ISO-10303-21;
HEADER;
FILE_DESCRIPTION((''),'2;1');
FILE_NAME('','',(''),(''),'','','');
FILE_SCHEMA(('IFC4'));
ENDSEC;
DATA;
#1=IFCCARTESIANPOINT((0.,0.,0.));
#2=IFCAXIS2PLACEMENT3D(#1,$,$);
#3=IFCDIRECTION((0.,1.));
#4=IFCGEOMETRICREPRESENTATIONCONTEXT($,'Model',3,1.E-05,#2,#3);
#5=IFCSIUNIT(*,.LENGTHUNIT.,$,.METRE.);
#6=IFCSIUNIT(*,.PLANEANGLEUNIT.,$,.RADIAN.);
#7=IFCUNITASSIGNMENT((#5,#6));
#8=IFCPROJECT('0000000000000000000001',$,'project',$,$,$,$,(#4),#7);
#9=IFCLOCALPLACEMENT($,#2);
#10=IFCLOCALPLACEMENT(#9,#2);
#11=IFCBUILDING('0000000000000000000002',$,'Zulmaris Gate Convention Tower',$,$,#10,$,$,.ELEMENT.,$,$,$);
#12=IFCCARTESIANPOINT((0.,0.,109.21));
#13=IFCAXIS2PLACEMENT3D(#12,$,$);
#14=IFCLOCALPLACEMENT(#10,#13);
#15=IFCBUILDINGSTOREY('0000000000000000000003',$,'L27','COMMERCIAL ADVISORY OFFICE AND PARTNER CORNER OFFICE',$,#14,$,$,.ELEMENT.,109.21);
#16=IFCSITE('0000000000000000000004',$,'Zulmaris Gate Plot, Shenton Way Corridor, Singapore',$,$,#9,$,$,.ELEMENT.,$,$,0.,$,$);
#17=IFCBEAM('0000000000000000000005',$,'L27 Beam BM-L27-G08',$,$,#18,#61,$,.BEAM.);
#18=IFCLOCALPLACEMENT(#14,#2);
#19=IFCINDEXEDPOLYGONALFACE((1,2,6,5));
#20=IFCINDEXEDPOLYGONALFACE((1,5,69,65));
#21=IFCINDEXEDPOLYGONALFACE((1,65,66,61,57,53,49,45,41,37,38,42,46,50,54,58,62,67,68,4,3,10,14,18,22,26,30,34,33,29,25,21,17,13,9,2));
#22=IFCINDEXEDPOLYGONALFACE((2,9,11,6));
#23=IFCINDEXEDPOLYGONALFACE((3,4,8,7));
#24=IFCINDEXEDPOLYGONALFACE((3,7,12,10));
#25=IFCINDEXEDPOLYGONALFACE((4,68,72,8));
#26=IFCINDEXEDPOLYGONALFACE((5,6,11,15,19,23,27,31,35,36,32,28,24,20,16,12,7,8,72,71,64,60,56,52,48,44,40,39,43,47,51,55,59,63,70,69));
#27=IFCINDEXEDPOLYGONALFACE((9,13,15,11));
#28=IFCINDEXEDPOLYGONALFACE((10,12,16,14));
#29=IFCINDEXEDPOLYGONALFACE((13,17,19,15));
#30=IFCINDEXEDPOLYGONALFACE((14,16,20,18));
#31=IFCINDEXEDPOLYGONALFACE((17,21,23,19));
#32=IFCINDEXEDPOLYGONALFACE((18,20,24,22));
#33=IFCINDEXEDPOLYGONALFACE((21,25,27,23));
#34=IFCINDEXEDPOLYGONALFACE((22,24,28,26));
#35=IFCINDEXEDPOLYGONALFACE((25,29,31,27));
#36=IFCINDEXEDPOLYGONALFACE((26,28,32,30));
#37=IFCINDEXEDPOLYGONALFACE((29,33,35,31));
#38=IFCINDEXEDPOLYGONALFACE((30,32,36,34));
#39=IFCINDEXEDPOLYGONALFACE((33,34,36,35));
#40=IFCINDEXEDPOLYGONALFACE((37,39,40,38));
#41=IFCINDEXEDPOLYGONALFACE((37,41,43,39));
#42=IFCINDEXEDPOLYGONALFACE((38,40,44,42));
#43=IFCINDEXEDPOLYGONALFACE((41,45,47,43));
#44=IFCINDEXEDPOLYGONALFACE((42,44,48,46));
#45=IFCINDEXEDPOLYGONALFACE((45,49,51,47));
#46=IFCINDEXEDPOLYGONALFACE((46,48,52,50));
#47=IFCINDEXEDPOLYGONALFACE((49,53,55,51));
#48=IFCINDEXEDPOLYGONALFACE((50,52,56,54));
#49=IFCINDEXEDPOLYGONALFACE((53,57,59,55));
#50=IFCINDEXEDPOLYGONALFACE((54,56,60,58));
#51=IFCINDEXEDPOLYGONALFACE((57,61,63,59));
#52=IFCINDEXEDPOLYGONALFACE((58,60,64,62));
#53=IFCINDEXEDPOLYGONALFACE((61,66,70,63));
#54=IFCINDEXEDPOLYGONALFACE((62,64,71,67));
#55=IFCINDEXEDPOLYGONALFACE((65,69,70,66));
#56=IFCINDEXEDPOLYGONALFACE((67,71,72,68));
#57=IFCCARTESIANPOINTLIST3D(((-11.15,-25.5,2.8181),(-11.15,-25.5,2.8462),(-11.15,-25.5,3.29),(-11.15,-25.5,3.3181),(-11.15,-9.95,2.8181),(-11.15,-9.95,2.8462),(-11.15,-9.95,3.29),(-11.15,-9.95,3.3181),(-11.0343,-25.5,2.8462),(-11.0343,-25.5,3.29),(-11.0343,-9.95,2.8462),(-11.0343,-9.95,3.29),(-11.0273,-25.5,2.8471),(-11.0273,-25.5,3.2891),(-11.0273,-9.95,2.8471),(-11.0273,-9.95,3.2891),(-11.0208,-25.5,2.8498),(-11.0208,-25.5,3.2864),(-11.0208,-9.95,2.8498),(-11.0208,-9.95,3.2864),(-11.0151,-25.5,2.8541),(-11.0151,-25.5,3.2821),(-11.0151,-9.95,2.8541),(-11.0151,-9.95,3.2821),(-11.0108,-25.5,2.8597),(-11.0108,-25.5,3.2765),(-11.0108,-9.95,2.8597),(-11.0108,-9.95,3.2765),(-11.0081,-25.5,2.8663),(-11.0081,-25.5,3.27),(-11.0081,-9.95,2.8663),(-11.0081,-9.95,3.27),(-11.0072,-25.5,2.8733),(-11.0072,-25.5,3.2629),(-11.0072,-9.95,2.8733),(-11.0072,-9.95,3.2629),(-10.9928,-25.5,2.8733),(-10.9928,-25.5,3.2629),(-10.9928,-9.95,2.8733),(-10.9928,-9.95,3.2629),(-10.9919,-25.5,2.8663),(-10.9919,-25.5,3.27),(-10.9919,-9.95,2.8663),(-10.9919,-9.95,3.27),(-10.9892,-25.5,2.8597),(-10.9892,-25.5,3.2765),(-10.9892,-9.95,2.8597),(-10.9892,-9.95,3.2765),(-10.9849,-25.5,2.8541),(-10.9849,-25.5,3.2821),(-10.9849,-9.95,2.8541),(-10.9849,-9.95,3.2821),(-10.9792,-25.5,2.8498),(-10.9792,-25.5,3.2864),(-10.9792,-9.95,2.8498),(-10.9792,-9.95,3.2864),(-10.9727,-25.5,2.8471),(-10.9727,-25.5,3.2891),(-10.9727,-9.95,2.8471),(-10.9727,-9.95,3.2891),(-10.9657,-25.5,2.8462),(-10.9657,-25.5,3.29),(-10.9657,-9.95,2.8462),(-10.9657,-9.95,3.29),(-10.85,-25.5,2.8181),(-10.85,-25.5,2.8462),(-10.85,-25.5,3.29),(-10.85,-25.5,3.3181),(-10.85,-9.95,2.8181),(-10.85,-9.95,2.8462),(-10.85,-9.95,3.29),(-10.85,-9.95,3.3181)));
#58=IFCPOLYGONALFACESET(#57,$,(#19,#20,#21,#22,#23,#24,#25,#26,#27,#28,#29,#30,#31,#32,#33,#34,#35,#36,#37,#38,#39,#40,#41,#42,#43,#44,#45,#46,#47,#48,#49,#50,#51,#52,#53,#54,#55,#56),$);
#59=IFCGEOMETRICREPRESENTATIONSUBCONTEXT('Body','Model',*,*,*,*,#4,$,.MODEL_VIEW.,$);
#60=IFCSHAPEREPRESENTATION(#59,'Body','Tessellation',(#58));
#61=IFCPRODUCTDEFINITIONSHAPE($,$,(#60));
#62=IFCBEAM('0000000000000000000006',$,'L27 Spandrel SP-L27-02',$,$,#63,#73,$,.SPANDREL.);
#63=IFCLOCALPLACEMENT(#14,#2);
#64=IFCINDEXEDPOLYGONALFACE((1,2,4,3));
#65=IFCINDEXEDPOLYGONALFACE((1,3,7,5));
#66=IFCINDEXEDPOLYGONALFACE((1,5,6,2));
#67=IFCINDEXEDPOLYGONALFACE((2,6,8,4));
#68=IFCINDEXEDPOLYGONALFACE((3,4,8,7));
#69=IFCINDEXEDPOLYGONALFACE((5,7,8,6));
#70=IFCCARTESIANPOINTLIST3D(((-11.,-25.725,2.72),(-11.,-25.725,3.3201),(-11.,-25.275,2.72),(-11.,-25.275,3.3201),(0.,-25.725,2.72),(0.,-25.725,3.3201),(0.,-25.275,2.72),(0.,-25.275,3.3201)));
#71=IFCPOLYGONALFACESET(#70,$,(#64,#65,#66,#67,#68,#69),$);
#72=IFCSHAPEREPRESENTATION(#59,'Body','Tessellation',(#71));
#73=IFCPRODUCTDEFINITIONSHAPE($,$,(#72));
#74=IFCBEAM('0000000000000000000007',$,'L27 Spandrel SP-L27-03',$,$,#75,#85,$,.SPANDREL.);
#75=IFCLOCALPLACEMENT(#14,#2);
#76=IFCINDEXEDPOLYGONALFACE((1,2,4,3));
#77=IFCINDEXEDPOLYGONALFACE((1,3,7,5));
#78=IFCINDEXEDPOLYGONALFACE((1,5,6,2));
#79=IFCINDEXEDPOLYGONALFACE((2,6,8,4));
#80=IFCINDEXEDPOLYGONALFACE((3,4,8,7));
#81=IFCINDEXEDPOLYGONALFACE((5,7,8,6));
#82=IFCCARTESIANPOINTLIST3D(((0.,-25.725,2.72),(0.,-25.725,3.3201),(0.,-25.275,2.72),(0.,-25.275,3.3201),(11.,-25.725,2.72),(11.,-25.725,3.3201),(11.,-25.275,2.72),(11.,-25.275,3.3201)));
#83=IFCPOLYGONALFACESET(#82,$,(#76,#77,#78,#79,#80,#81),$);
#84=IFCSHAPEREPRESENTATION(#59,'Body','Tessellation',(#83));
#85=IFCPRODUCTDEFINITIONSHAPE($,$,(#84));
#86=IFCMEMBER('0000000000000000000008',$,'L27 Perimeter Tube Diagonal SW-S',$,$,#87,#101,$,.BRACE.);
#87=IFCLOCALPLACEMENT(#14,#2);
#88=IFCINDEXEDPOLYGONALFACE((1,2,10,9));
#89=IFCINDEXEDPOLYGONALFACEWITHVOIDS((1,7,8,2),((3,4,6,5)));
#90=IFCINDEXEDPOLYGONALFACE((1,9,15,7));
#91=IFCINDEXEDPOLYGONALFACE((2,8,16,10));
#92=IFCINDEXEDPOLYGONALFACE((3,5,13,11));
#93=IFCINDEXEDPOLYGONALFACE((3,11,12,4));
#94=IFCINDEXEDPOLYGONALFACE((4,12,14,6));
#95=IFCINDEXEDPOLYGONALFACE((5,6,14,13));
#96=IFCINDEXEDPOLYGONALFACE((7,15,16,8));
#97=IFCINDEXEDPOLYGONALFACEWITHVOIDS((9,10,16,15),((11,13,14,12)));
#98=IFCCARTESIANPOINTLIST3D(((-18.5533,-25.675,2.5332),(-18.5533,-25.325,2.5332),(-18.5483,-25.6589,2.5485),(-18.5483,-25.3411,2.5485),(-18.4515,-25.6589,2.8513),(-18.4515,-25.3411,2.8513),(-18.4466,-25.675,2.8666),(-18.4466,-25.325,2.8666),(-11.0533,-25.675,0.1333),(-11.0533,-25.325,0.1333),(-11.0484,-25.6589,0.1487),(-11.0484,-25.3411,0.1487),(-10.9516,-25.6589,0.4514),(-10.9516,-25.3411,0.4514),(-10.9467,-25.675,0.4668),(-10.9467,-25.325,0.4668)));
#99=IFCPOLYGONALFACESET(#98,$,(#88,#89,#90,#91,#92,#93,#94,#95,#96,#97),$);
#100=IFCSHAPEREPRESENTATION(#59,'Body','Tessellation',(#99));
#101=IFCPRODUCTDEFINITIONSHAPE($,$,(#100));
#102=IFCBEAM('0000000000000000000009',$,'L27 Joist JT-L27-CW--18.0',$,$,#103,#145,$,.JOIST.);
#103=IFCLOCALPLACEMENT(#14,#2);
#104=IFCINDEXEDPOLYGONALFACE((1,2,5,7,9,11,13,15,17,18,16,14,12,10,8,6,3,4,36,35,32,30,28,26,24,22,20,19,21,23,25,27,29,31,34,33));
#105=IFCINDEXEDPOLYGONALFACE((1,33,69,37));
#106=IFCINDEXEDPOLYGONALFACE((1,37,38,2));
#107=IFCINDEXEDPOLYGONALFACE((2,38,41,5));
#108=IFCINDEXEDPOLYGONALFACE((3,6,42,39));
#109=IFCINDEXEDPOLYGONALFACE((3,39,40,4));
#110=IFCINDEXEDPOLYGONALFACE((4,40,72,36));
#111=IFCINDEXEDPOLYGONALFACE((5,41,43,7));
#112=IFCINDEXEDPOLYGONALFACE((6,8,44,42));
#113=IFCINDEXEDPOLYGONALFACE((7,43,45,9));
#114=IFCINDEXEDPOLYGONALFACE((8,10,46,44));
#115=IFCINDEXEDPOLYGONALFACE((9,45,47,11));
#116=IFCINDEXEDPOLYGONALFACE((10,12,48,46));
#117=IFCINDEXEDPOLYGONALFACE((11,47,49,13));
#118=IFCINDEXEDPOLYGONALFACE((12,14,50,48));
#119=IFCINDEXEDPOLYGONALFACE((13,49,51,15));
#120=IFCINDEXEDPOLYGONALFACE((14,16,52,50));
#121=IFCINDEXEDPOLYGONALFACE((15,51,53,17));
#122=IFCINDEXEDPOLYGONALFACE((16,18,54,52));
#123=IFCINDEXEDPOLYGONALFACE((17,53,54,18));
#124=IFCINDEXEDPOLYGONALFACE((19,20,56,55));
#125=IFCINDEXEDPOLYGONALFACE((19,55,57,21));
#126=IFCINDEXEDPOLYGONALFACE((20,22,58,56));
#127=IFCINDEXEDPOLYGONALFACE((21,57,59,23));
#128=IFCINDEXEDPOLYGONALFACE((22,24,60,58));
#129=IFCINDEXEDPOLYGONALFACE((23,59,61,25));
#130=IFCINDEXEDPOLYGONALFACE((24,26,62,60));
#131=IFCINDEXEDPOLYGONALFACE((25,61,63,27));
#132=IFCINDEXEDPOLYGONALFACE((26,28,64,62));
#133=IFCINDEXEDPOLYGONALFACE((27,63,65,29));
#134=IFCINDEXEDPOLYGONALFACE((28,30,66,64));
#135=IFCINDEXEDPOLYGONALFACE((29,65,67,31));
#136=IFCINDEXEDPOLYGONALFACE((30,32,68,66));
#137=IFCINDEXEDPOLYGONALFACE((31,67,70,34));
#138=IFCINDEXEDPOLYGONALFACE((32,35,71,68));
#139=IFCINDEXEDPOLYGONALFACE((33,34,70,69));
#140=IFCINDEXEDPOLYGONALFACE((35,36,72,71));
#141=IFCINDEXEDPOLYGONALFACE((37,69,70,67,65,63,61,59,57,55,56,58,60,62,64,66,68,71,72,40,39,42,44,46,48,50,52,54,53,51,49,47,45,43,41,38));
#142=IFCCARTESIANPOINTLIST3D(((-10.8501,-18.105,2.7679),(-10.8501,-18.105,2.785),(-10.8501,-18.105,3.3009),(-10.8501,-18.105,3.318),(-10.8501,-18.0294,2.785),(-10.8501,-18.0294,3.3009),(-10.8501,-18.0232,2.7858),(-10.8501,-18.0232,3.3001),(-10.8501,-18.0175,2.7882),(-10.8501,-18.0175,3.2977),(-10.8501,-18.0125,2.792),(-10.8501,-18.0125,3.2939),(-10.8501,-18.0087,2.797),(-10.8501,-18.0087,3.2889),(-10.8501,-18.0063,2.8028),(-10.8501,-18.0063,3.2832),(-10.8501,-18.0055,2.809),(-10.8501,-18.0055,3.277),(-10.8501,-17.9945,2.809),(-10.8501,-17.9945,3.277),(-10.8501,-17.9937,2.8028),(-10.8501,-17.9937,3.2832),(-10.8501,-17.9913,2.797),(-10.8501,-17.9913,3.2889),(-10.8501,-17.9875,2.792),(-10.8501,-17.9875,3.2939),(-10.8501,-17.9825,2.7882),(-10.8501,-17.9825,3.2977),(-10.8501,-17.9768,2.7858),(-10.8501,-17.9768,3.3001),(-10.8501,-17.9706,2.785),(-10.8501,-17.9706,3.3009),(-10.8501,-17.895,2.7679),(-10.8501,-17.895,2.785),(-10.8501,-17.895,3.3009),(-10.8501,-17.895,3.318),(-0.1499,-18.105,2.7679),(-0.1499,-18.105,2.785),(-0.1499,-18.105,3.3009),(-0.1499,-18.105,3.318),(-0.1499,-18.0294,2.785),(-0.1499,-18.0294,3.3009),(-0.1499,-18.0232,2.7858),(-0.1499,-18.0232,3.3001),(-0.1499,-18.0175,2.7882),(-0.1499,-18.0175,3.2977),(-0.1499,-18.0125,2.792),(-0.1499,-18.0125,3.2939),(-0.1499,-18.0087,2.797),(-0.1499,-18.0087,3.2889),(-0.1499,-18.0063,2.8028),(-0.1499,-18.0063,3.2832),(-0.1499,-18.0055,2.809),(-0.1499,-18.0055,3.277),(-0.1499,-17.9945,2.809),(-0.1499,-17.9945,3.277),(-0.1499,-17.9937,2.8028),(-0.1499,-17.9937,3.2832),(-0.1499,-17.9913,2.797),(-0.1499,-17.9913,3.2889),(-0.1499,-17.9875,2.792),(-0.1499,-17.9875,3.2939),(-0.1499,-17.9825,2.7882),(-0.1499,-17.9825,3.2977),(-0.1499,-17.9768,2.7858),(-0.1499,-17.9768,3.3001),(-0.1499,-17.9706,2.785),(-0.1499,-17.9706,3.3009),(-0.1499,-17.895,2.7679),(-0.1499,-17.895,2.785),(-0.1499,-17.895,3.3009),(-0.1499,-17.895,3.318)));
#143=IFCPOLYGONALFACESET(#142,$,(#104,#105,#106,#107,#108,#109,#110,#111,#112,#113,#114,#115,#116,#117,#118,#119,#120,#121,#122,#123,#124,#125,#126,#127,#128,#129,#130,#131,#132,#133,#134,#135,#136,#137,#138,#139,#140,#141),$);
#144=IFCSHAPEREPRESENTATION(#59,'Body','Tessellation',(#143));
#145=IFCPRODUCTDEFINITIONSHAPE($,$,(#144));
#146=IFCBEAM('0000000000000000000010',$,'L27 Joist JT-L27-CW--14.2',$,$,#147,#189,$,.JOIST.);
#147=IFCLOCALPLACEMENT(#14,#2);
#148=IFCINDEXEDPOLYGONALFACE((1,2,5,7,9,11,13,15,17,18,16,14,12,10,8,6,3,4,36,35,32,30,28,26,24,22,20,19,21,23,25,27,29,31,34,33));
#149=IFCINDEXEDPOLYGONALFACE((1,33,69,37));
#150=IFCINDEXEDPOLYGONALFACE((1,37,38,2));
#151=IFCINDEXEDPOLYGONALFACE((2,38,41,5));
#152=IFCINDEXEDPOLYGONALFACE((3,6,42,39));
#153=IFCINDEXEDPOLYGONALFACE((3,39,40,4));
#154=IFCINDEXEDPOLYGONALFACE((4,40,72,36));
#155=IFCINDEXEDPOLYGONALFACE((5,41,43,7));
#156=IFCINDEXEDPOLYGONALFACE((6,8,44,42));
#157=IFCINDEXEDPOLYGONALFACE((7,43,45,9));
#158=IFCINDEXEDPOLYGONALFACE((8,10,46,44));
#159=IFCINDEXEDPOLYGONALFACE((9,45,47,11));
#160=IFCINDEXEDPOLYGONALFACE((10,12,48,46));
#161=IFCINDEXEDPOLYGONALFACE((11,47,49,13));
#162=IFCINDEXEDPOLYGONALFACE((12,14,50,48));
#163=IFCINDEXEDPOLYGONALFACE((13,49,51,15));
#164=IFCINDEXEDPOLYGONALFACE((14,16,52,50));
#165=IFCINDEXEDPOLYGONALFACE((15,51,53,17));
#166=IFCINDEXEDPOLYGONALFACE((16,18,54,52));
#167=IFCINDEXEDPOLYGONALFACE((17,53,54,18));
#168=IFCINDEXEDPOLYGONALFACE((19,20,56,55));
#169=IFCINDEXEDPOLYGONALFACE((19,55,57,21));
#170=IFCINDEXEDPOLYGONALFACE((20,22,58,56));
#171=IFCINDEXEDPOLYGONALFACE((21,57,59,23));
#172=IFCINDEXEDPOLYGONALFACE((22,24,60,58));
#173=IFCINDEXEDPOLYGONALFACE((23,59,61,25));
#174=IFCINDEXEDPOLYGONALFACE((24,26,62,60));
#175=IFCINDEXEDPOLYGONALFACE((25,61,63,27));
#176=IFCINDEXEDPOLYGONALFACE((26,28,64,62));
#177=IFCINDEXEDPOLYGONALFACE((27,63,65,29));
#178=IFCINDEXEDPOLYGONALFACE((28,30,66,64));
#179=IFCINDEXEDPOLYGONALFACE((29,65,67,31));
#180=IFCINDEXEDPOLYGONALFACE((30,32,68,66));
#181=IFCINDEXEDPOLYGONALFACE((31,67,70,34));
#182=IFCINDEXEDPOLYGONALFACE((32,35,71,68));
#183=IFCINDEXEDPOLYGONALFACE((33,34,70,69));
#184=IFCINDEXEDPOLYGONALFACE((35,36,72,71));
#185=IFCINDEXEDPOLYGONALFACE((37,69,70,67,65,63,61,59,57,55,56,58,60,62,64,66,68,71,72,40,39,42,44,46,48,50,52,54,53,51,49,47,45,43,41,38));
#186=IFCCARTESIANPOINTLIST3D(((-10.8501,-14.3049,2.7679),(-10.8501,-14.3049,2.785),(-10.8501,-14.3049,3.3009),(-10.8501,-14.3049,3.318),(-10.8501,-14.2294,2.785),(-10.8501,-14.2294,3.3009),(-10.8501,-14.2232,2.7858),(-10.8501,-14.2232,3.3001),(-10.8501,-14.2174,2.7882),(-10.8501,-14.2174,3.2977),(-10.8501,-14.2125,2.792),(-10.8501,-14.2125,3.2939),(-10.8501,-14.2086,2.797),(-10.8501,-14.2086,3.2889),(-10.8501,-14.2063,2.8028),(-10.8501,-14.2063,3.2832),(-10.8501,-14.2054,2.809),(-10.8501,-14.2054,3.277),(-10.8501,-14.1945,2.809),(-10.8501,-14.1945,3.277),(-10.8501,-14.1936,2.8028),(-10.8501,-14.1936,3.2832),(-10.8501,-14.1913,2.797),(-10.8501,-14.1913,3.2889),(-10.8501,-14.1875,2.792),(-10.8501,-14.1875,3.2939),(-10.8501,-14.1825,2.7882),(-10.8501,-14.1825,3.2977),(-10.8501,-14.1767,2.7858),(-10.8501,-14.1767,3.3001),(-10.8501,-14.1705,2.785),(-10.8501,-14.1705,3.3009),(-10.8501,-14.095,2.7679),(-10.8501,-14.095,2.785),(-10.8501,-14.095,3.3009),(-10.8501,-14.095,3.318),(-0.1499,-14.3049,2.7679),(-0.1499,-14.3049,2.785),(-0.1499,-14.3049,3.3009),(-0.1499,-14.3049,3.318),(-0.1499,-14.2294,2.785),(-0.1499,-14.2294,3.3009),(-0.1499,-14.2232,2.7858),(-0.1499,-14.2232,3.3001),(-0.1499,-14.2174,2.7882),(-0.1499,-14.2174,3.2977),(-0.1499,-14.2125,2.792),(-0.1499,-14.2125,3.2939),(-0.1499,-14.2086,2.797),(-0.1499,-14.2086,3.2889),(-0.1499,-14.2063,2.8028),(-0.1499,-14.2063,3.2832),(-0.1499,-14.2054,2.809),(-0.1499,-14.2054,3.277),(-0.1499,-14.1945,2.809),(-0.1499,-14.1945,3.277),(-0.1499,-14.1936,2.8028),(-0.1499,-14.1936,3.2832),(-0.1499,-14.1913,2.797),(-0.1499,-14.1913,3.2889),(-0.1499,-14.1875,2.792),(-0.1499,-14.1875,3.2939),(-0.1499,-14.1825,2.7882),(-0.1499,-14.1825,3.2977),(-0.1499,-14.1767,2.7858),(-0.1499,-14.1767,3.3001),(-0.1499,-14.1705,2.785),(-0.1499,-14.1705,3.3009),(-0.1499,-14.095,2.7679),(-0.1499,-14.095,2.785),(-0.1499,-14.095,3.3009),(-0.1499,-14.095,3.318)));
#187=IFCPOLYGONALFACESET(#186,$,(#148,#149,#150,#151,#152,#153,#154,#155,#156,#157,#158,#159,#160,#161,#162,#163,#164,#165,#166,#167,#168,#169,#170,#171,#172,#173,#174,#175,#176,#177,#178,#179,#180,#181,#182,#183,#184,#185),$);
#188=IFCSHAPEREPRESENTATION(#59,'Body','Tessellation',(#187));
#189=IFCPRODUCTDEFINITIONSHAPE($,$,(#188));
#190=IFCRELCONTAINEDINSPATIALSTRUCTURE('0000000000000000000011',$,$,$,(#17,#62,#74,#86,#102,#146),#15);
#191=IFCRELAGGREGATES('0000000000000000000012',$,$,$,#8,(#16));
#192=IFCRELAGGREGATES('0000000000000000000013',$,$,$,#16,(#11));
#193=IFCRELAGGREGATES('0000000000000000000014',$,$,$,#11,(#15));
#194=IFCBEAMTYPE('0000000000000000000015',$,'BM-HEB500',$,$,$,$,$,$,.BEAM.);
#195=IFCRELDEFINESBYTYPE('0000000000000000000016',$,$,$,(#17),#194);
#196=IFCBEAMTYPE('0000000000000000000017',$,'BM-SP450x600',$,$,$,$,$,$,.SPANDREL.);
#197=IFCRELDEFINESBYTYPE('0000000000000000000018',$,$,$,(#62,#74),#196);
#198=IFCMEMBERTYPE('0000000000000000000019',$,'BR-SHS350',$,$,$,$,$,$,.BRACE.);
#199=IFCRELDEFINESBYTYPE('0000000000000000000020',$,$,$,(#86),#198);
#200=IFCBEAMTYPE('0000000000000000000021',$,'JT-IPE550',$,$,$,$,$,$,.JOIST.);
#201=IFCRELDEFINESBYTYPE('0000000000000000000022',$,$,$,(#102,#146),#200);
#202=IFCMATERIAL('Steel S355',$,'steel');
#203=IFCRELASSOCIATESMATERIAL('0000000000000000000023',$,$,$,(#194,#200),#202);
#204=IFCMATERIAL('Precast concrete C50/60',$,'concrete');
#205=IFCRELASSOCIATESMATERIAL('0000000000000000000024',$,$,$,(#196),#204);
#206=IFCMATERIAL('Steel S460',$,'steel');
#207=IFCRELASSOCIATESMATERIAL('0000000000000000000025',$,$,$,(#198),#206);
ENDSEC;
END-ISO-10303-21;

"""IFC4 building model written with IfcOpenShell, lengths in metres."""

from ifc_helpers import new_model, si_unit, direction, frame, origin, origin_2d, place, context, subcontext, project, spatial, rectangle, hollow_rectangle, i_section, extrude, material, material_profile, profile_set, type_object, element, save


model = new_model("IFC4")

# Units and contexts
model_context = context("Model", 3, precision=1e-05, world=origin(), true_north=direction((0.0, 1.0)))
body_context = subcontext(model_context, "Body", "Model", "MODEL_VIEW")
ifc_project = project(units=[si_unit("LENGTHUNIT", "METRE"), si_unit("PLANEANGLEUNIT", "RADIAN")], contexts=[model_context])

# Site, building, storey
site_placement = place(None, origin())
site = spatial("IfcSite", under=ifc_project, at=site_placement, Name="Zulmaris Gate Plot, Shenton Way Corridor, Singapore", CompositionType="ELEMENT", RefElevation=0.0)
building_placement = place(site_placement, origin())
building = spatial("IfcBuilding", under=site, at=building_placement, Name="Zulmaris Gate Convention Tower", CompositionType="ELEMENT")
storey_placement = place(building_placement, frame((0.0, 0.0, 109.21)))
storey = spatial("IfcBuildingStorey", under=building, at=storey_placement, Name="L27", Description="COMMERCIAL ADVISORY OFFICE AND PARTNER CORNER OFFICE", CompositionType="ELEMENT", Elevation=109.21)

# Beams
ifc_material_1 = material(Name="Steel S355", Category="steel")
ifc_material_profile_1 = material_profile(ifc_material_1, i_section(OverallWidth=0.3, OverallDepth=0.5, WebThickness=0.0144, FlangeThickness=0.0281, FilletRadius=0.0271, at=origin_2d()), Name="HEB 500")
ifc_profile_set_1 = profile_set([ifc_material_profile_1], Name="Steel S355")
beam_type_1 = type_object("IfcBeamType", Name="BM-HEB500", PredefinedType="BEAM", material=ifc_profile_set_1)
beam_1_placement = place(storey_placement, frame((-11.0, -25.5, 3.0681), z_axis=(0.0, 1.0, 0.0), x_axis=(-1.0, 0.0, 0.0)))
element("IfcBeam", 1, at=beam_1_placement, inside=storey, type_object=beam_type_1, Name="L27 Beam BM-L27-G08", PredefinedType="BEAM", context=body_context, shape_type="SweptSolid", body=[
    extrude(i_section(OverallWidth=0.3, OverallDepth=0.5, WebThickness=0.0144, FlangeThickness=0.0281, FilletRadius=0.0271, at=origin_2d()), origin(), (0.0, 0.0, 1.0), 15.55),
])
ifc_material_2 = material(Name="Precast concrete C50/60", Category="concrete")
ifc_material_profile_2 = material_profile(ifc_material_2, rectangle(XDim=0.45, YDim=0.6001, at=origin_2d()), Name="RC SPANDREL 450x600")
ifc_profile_set_2 = profile_set([ifc_material_profile_2], Name="Precast concrete C50/60")
beam_type_2 = type_object("IfcBeamType", Name="BM-SP450x600", PredefinedType="SPANDREL", material=ifc_profile_set_2)
for number, where, z_axis, x_axis, name in (
    (2, (-11.0, -25.5, 3.02), (1.0, 0.0, 0.0), (0.0, 1.0, 0.0), "L27 Spandrel SP-L27-02"),
    (3, (0.0, -25.5, 3.02), (1.0, 0.0, 0.0), (0.0, 1.0, 0.0), "L27 Spandrel SP-L27-03"),
):
    element("IfcBeam", number, at=place(storey_placement, frame(where, z_axis=z_axis, x_axis=x_axis)), inside=storey, type_object=beam_type_2, Name=name, PredefinedType="SPANDREL", context=body_context, shape_type="SweptSolid", body=[
        extrude(rectangle(XDim=0.45, YDim=0.6001, at=origin_2d()), origin(), (0.0, 0.0, 1.0), 11.0),
    ])

# Member
ifc_material_3 = material(Name="Steel S460", Category="steel")
ifc_material_profile_3 = material_profile(ifc_material_3, hollow_rectangle(XDim=0.3501, YDim=0.3501, WallThickness=0.0161, at=origin_2d()), Name="SHS 350x350x16")
ifc_profile_set_3 = profile_set([ifc_material_profile_3], Name="Steel S460")
member_type = type_object("IfcMemberType", Name="BR-SHS350", PredefinedType="BRACE", material=ifc_profile_set_3)
member_placement = place(storey_placement, frame((-11.0, -25.5, 0.3), z_axis=(-0.952428, 0.0, 0.304764), x_axis=(0.0, -1.0, 0.0)))
element("IfcMember", 4, at=member_placement, inside=storey, type_object=member_type, Name="L27 Perimeter Tube Diagonal SW-S", PredefinedType="BRACE", context=body_context, shape_type="SweptSolid", body=[
    extrude(hollow_rectangle(XDim=0.3501, YDim=0.3501, WallThickness=0.0161, at=origin_2d()), origin(), (0.0, 0.0, 1.0), 7.8745),
])

# Beams
ifc_material_profile_4 = material_profile(ifc_material_1, i_section(OverallWidth=0.21, OverallDepth=0.55, WebThickness=0.011, FlangeThickness=0.0171, FilletRadius=0.0239, at=origin_2d()), Name="IPE 550")
ifc_profile_set_4 = profile_set([ifc_material_profile_4], Name="Steel S355")
beam_type_3 = type_object("IfcBeamType", Name="JT-IPE550", PredefinedType="JOIST", material=ifc_profile_set_4)
for number, where, z_axis, x_axis, name in (
    (5, (-10.8501, -18.0, 3.043), (1.0, 0.0, 0.0), (0.0, 1.0, 0.0), "L27 Joist JT-L27-CW--18.0"),
    (6, (-10.8501, -14.2, 3.043), (1.0, 0.0, 0.0), (0.0, 1.0, 0.0), "L27 Joist JT-L27-CW--14.2"),
):
    element("IfcBeam", number, at=place(storey_placement, frame(where, z_axis=z_axis, x_axis=x_axis)), inside=storey, type_object=beam_type_3, Name=name, PredefinedType="JOIST", context=body_context, shape_type="SweptSolid", body=[
        extrude(i_section(OverallWidth=0.21, OverallDepth=0.55, WebThickness=0.011, FlangeThickness=0.0171, FilletRadius=0.0239, at=origin_2d()), origin(), (0.0, 0.0, 1.0), 10.7002),
    ])

save(model, "model.ifc")
